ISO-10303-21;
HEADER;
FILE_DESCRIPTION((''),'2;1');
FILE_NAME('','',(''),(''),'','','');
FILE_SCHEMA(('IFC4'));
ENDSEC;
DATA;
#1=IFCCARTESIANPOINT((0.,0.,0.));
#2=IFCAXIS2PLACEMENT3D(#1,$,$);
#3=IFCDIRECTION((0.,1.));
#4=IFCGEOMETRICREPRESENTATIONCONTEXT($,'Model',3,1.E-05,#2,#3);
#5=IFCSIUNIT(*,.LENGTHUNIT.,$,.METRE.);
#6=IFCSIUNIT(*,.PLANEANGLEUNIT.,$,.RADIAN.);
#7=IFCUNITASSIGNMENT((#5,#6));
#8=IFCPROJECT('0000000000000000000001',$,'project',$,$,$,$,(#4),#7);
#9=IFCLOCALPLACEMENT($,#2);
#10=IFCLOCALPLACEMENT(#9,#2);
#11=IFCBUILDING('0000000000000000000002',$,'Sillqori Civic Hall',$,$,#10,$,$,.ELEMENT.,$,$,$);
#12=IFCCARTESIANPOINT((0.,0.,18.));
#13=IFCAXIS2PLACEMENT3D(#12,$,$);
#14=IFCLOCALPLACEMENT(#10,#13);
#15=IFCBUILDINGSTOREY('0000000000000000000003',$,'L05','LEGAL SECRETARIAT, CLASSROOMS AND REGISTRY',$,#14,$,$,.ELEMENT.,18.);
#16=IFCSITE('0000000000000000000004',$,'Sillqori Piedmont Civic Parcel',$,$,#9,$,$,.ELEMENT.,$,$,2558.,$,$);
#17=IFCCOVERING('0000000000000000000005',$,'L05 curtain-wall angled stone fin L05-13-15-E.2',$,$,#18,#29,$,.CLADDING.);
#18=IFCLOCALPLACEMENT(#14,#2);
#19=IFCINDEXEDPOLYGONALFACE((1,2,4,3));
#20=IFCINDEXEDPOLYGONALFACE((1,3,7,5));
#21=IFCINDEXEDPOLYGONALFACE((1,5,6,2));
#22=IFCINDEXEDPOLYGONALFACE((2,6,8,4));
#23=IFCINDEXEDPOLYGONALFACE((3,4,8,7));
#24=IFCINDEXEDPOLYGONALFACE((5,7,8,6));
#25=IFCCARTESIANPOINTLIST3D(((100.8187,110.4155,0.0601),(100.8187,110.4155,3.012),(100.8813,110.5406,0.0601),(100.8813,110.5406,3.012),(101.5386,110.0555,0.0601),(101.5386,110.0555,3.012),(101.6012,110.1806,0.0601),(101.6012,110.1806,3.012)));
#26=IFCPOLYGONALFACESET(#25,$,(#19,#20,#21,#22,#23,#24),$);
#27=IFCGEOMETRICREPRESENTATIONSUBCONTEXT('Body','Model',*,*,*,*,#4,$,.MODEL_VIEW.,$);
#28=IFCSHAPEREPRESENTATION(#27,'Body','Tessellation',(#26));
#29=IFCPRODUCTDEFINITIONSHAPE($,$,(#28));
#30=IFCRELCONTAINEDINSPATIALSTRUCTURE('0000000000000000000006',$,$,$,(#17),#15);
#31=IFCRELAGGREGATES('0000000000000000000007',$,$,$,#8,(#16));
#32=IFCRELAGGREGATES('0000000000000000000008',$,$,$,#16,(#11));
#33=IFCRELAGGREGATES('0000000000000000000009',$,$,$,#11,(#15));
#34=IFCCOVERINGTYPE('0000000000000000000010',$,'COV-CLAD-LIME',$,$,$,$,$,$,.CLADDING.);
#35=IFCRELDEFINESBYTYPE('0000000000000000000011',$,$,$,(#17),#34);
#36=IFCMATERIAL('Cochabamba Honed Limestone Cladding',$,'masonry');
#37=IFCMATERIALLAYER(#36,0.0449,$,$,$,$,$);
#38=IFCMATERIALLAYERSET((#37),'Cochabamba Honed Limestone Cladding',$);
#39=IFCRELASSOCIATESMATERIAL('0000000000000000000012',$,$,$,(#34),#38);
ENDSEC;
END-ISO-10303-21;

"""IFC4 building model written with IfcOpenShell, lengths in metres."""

from ifc_helpers import new_model, si_unit, direction, frame, frame_2d, origin, place, context, subcontext, project, spatial, rectangle, extrude, material, layer, layer_set, type_object, element, save


model = new_model("IFC4")

# Units and contexts
model_context = context("Model", 3, precision=1e-05, world=origin(), true_north=direction((0.0, 1.0)))
body_context = subcontext(model_context, "Body", "Model", "MODEL_VIEW")
ifc_project = project(units=[si_unit("LENGTHUNIT", "METRE"), si_unit("PLANEANGLEUNIT", "RADIAN")], contexts=[model_context])

# Site, building, storey
site_placement = place(None, origin())
site = spatial("IfcSite", under=ifc_project, at=site_placement, Name="Sillqori Piedmont Civic Parcel", CompositionType="ELEMENT", RefElevation=2558.0)
building_placement = place(site_placement, origin())
building = spatial("IfcBuilding", under=site, at=building_placement, Name="Sillqori Civic Hall", CompositionType="ELEMENT")
storey_placement = place(building_placement, frame((0.0, 0.0, 18.0)))
storey = spatial("IfcBuildingStorey", under=building, at=storey_placement, Name="L05", Description="LEGAL SECRETARIAT, CLASSROOMS AND REGISTRY", CompositionType="ELEMENT", Elevation=18.0)

# Covering
ifc_material_1 = material(Name="Cochabamba Honed Limestone Cladding", Category="masonry")
ifc_layer_1 = layer(ifc_material_1, 0.0449)
ifc_layer_set_1 = layer_set([ifc_layer_1], Name="Cochabamba Honed Limestone Cladding")
covering_type = type_object("IfcCoveringType", Name="COV-CLAD-LIME", PredefinedType="CLADDING", material=ifc_layer_set_1)
for number, where, z_axis, x_axis, name in (
    (1, (100.8501, 110.478, 0.0601), (0.0, 0.0, 1.0), (0.894367, -0.447335, 0.0), "L05 curtain-wall angled stone fin L05-13-15-E.2"),
):
    element("IfcCovering", number, at=place(storey_placement, frame(where, z_axis=z_axis, x_axis=x_axis)), inside=storey, type_object=covering_type, Name=name, PredefinedType="CLADDING", context=body_context, shape_type="SweptSolid", body=[
        extrude(rectangle(XDim=0.8049, YDim=0.1399, at=frame_2d((0.4023, 0.0))), origin(), (0.0, 0.0, 1.0), 2.9519),
    ])

save(model, "model.ifc")
